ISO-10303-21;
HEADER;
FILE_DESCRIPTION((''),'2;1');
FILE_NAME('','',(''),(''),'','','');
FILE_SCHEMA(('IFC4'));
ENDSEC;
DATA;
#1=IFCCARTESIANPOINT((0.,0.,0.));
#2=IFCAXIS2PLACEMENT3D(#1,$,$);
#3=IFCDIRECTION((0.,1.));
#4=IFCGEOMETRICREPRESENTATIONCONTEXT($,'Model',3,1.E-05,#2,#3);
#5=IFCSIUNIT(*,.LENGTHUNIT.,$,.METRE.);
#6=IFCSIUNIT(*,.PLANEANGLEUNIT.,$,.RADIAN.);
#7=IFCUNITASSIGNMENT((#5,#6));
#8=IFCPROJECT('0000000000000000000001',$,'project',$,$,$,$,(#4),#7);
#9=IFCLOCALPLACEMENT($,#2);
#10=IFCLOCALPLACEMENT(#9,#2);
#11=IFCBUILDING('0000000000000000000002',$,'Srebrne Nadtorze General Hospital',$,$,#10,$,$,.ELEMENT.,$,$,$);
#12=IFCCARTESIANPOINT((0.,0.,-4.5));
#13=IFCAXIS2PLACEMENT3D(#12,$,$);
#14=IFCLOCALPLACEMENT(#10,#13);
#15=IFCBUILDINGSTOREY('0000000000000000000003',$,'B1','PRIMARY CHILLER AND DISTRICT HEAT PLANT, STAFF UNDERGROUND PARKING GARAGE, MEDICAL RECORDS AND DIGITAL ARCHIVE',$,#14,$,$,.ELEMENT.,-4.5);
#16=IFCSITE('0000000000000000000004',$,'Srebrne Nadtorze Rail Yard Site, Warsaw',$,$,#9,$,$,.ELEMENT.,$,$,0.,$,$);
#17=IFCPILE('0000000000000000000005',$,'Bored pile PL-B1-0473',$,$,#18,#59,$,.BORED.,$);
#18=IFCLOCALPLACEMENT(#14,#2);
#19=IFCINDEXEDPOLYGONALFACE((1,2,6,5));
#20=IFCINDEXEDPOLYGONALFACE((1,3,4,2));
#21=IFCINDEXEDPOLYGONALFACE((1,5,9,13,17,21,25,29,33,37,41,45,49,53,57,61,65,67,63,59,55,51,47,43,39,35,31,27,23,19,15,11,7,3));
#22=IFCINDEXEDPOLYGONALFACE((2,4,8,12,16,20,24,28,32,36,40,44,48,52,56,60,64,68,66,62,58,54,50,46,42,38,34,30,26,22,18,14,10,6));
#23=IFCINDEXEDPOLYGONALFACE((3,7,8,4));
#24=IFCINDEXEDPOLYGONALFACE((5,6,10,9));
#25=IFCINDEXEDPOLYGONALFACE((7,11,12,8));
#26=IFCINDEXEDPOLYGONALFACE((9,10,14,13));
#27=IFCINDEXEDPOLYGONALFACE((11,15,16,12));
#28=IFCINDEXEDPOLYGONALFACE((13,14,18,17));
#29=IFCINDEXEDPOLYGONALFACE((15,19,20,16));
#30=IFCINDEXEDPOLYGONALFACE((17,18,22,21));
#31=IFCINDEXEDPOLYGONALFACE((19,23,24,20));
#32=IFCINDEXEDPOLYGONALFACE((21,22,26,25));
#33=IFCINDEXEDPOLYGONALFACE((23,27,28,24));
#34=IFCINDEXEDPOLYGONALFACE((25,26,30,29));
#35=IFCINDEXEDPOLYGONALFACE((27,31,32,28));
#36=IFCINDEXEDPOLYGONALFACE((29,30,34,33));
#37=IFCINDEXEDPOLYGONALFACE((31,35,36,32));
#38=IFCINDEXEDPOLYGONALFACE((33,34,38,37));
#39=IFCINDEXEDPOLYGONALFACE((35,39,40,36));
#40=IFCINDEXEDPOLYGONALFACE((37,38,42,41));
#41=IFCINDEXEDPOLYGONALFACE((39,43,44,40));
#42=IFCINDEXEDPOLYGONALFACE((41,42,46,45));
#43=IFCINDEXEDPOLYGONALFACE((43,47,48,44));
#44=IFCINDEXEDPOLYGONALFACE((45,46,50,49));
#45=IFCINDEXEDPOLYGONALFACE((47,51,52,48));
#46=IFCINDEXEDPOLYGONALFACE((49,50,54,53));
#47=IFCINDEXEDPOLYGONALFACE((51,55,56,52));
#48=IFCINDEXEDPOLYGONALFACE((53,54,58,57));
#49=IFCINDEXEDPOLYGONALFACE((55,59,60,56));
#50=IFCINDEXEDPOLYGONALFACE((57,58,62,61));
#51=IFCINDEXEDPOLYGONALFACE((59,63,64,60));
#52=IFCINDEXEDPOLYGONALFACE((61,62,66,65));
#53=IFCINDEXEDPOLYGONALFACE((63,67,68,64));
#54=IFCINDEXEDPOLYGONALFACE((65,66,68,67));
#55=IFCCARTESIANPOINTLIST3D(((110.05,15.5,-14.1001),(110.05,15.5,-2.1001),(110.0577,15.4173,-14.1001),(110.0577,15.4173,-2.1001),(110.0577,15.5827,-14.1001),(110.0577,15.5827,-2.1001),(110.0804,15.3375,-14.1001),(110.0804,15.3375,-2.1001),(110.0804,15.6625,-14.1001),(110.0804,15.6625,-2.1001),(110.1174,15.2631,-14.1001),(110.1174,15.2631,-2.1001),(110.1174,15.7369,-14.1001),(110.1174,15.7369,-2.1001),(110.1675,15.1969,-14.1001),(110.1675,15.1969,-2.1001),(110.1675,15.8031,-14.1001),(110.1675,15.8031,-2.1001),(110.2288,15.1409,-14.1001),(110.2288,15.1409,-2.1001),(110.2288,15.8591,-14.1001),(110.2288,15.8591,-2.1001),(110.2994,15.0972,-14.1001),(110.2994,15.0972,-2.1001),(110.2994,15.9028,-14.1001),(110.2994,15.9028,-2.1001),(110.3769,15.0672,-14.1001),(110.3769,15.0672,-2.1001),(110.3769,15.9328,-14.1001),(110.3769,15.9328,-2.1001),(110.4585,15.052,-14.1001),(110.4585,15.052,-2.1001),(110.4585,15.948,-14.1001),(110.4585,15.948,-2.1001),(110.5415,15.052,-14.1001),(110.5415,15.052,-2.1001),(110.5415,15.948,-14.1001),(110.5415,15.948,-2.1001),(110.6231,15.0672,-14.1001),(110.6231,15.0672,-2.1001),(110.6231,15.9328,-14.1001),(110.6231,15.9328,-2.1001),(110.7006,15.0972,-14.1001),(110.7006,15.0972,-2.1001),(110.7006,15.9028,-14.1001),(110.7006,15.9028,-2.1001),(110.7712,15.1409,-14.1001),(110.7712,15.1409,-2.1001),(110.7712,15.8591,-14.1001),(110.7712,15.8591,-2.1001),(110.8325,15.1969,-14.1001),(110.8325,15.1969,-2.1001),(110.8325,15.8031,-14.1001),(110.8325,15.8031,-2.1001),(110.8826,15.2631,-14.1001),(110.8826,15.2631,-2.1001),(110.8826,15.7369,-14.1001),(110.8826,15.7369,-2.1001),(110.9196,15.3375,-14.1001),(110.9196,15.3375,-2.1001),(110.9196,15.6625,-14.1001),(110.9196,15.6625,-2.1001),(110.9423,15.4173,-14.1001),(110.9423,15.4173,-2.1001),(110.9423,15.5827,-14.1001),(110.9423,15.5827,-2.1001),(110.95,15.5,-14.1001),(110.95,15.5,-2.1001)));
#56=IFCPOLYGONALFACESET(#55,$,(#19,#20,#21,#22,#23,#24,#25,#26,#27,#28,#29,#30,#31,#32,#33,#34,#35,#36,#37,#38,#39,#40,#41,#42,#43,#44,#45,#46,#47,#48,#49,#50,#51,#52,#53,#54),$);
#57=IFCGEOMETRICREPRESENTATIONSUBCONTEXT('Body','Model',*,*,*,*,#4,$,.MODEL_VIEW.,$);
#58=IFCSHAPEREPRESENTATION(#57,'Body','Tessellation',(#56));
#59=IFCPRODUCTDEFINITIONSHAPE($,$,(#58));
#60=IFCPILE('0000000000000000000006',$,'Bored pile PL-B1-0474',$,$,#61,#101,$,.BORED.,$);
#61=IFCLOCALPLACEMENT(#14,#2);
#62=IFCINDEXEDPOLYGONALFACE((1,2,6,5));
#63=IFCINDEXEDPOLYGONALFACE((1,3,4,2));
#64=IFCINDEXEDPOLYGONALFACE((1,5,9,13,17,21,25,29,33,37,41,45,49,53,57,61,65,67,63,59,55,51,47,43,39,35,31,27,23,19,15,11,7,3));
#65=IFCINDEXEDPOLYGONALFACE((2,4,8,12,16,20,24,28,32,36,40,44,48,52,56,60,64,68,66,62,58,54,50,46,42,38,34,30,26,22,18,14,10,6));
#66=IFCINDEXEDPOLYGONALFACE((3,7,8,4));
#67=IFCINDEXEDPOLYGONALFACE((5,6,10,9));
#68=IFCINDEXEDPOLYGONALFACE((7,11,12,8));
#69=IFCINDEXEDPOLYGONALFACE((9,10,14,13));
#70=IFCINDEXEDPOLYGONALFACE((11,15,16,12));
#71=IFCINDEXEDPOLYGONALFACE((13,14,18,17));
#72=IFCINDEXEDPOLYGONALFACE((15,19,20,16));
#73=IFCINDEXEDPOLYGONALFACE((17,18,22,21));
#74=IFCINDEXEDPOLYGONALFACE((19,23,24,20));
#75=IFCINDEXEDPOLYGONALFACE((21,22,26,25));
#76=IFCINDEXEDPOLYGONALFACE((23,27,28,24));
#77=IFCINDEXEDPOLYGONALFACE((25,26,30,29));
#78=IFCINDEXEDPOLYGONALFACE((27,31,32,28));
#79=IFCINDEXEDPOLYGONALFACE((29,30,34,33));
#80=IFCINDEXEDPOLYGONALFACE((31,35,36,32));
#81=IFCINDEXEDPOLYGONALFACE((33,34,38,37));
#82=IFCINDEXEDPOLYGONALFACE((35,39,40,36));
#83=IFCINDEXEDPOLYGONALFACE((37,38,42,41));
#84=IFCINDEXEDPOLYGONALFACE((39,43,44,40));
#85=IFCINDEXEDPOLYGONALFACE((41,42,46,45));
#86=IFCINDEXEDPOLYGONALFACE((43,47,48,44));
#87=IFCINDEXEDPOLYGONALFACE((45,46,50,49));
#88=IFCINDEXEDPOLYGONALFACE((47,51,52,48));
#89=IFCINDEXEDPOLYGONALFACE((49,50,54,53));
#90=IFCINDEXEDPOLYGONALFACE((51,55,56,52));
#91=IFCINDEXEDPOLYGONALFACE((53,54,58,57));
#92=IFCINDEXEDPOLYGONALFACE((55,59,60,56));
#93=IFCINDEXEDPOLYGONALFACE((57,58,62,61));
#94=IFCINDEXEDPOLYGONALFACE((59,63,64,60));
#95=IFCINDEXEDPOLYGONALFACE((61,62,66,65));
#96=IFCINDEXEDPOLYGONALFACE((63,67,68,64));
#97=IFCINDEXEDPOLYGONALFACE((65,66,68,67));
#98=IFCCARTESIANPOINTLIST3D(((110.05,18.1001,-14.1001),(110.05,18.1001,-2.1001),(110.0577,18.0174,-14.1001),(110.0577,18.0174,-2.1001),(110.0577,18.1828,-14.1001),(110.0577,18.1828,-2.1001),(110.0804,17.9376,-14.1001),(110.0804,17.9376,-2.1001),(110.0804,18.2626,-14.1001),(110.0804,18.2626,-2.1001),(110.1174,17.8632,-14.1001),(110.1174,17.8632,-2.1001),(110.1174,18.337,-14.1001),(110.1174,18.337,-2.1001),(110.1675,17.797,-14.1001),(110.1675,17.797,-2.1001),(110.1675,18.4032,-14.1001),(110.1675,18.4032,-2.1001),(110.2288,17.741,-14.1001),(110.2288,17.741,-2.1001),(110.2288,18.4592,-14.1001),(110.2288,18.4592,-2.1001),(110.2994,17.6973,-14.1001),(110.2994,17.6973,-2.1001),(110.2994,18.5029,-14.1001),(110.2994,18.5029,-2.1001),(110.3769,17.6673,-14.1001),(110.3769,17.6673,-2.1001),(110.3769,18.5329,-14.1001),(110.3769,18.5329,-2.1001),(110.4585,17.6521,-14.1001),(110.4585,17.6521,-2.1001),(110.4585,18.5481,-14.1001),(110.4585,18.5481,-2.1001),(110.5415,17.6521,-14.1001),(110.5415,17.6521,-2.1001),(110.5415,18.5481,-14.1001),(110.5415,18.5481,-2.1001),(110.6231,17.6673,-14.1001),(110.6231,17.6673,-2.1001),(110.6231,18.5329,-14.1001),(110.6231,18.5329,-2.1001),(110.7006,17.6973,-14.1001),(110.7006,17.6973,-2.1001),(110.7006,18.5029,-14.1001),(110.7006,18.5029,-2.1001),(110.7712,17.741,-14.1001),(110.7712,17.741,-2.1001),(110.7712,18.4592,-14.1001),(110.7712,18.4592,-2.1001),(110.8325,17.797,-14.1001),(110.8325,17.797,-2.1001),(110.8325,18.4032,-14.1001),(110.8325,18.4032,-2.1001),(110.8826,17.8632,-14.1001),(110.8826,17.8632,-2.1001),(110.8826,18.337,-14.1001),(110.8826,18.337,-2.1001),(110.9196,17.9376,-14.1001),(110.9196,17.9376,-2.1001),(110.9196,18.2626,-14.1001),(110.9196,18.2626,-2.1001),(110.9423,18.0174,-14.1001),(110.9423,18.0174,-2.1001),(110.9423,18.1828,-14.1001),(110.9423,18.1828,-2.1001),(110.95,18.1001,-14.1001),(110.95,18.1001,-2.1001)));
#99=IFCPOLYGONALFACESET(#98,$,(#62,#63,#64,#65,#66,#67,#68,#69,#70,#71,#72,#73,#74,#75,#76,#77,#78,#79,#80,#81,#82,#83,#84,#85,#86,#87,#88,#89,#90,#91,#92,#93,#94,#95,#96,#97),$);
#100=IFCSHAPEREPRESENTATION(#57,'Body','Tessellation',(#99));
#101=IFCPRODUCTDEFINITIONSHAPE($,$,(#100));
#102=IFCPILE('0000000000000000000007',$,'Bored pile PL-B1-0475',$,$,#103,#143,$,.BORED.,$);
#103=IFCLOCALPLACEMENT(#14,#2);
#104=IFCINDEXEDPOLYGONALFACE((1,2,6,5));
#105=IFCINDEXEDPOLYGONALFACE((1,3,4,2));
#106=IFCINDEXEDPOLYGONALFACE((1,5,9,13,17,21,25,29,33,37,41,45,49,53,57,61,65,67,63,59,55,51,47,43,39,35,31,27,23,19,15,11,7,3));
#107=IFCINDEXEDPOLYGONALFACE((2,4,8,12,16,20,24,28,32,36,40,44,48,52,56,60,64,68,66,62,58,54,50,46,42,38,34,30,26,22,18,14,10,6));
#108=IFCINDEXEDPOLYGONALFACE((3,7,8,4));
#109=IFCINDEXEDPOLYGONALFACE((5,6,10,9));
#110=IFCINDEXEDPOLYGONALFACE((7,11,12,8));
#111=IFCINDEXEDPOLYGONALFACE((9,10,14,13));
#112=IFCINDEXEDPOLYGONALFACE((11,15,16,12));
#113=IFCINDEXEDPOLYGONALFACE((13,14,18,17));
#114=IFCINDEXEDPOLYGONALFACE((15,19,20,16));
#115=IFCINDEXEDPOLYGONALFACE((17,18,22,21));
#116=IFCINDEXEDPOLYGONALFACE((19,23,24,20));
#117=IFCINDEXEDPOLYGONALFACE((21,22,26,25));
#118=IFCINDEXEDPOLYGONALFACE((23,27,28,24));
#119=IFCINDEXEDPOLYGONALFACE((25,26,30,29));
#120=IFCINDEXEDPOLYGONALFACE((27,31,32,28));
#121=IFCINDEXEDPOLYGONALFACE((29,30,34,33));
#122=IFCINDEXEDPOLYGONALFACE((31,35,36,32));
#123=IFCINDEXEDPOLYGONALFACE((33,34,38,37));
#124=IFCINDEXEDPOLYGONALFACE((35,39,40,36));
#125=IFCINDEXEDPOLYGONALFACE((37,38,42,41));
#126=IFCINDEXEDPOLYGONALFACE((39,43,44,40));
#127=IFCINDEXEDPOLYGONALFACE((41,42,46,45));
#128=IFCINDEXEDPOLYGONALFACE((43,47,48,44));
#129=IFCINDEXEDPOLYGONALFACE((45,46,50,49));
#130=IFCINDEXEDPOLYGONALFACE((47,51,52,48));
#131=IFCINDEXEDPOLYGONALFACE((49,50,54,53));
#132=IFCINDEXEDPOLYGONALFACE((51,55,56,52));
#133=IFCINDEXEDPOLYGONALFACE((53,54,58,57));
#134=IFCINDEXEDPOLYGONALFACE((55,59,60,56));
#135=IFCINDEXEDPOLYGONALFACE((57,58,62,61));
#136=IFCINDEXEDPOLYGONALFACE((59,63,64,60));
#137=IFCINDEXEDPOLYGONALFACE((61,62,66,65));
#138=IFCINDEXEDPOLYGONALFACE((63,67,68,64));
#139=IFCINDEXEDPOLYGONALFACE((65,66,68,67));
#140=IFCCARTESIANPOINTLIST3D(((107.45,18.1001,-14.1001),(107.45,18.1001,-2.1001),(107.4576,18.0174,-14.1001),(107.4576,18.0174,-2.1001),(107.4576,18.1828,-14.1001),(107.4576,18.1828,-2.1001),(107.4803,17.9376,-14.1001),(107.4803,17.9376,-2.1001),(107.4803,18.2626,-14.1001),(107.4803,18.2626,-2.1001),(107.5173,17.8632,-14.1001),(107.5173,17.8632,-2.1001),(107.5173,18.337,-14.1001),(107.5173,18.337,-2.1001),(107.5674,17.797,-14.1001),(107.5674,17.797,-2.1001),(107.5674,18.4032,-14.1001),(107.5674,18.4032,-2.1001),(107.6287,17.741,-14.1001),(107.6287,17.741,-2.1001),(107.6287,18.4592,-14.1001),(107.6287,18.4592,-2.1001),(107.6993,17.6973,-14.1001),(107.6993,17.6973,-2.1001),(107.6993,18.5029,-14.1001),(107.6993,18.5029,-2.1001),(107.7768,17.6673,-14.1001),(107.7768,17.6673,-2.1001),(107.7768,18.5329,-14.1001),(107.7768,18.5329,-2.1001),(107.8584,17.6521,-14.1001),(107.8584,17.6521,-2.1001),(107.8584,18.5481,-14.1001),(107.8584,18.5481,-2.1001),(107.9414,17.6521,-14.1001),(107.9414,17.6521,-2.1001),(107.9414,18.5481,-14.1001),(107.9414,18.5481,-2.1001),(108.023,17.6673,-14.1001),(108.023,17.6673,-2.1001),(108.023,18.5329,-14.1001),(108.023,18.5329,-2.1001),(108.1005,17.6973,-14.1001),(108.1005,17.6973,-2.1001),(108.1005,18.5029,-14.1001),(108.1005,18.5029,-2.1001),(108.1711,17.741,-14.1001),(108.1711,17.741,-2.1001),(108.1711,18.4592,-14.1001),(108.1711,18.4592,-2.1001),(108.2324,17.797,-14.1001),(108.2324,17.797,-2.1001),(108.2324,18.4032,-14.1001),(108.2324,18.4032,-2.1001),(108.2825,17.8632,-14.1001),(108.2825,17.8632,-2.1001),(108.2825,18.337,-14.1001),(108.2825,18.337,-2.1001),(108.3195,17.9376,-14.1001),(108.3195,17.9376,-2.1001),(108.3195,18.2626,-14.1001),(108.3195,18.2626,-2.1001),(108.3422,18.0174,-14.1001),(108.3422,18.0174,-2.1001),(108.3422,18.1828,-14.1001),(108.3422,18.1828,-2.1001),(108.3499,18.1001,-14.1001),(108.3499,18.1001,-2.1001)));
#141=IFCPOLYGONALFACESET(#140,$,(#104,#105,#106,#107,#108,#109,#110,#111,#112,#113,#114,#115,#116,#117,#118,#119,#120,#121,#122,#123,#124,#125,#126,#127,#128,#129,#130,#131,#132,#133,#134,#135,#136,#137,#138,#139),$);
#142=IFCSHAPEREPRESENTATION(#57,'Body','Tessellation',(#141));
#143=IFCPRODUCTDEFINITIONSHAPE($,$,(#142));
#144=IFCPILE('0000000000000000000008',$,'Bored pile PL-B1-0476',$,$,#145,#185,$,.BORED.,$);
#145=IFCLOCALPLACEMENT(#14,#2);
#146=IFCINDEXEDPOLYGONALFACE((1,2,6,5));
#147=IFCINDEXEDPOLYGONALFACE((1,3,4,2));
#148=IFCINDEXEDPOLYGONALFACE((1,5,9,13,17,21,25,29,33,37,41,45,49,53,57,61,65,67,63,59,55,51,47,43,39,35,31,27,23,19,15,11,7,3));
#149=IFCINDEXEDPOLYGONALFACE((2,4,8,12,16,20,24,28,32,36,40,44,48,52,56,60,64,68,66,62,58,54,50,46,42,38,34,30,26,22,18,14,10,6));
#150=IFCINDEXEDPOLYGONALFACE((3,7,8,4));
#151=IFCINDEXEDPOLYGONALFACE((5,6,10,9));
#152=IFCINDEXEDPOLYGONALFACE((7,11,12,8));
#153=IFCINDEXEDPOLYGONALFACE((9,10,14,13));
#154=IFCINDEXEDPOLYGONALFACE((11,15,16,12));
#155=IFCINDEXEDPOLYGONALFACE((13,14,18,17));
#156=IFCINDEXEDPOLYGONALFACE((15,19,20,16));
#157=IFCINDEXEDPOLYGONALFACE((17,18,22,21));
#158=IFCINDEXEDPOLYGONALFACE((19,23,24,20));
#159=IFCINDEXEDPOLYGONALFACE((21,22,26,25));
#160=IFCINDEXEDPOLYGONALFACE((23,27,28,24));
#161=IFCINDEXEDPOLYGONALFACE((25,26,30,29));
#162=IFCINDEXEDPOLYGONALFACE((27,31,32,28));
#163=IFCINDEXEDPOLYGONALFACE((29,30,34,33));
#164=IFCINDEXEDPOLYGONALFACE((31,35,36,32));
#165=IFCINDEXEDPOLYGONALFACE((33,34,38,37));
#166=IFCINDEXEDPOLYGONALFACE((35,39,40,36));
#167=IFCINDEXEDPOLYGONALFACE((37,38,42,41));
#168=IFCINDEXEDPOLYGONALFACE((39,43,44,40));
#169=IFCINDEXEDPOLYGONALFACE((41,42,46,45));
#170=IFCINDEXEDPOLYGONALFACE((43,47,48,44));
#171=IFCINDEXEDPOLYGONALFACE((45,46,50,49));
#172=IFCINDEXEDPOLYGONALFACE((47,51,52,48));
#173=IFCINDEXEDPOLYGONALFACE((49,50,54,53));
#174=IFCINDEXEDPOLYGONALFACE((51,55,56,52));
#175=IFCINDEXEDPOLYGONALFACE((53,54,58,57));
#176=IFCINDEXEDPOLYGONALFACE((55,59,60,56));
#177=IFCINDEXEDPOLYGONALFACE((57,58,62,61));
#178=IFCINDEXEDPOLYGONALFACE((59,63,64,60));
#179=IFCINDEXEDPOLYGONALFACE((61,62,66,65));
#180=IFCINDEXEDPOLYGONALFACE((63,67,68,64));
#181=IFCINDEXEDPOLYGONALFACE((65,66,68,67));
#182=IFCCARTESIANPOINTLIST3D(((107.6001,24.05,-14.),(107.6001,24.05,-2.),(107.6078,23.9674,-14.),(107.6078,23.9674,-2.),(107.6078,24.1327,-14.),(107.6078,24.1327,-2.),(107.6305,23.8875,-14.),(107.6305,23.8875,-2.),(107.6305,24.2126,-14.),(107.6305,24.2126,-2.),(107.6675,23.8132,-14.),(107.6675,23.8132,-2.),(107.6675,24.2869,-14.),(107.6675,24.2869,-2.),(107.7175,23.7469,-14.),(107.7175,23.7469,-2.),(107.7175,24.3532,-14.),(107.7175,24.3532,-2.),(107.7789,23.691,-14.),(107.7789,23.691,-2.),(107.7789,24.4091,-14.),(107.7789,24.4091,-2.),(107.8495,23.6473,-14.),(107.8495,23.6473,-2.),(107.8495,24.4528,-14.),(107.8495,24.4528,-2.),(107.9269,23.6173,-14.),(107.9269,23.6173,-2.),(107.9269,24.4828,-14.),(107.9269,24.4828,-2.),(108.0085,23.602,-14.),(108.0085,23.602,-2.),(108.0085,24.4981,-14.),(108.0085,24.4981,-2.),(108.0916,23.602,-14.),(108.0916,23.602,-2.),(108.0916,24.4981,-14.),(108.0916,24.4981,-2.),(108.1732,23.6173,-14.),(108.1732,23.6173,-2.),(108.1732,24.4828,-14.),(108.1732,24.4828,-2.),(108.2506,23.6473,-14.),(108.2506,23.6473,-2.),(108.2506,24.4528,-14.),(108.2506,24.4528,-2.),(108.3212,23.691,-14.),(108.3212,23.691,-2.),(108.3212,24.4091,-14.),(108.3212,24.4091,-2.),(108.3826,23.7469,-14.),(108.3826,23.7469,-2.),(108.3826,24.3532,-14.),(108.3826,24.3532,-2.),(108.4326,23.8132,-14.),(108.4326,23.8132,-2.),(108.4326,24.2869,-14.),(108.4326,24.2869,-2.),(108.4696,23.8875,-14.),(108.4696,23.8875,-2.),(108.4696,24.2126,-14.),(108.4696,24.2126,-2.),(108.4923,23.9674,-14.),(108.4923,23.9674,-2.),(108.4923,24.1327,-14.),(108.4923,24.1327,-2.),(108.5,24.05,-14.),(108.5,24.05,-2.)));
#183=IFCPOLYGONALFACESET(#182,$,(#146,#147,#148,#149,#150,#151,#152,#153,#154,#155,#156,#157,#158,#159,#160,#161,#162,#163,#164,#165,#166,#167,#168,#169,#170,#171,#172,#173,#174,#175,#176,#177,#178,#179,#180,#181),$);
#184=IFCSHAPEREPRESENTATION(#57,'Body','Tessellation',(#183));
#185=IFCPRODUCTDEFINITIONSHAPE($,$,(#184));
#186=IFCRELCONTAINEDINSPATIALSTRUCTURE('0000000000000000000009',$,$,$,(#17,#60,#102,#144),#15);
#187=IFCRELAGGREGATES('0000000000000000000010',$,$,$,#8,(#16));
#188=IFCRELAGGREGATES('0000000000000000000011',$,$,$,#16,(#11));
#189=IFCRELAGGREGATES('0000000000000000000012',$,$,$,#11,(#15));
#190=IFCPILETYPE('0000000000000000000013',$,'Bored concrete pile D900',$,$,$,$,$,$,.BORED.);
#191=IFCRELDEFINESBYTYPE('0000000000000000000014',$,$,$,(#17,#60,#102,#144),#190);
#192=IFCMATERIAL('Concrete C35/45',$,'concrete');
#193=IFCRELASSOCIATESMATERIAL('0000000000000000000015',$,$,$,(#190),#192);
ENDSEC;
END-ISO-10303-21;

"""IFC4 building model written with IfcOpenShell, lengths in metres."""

from ifc_helpers import new_model, si_unit, direction, frame, origin, origin_2d, place, context, subcontext, project, spatial, circle, extrude, material, material_profile, profile_set, type_object, element, save


model = new_model("IFC4")

# Units and contexts
model_context = context("Model", 3, precision=1e-05, world=origin(), true_north=direction((0.0, 1.0)))
body_context = subcontext(model_context, "Body", "Model", "MODEL_VIEW")
ifc_project = project(units=[si_unit("LENGTHUNIT", "METRE"), si_unit("PLANEANGLEUNIT", "RADIAN")], contexts=[model_context])

# Site, building, storey
site_placement = place(None, origin())
site = spatial("IfcSite", under=ifc_project, at=site_placement, Name="Srebrne Nadtorze Rail Yard Site, Warsaw", CompositionType="ELEMENT", RefElevation=0.0)
building_placement = place(site_placement, origin())
building = spatial("IfcBuilding", under=site, at=building_placement, Name="Srebrne Nadtorze General Hospital", CompositionType="ELEMENT")
storey_placement = place(building_placement, frame((0.0, 0.0, -4.5)))
storey = spatial("IfcBuildingStorey", under=building, at=storey_placement, Name="B1", Description="PRIMARY CHILLER AND DISTRICT HEAT PLANT, STAFF UNDERGROUND PARKING GARAGE, MEDICAL RECORDS AND DIGITAL ARCHIVE", CompositionType="ELEMENT", Elevation=-4.5)

# Piles
ifc_material_1 = material(Name="Concrete C35/45", Category="concrete")
ifc_material_profile_1 = material_profile(ifc_material_1, circle(Radius=0.45, at=origin_2d()), Name="PILE-D900")
ifc_profile_set_1 = profile_set([ifc_material_profile_1], Name="Concrete C35/45")
pile_type_1 = type_object("IfcPileType", Name="Bored concrete pile D900", PredefinedType="BORED", material=ifc_profile_set_1)
for number, where, z_axis, x_axis, name in (
    (1, (110.5, 15.5, -2.1001), (0.0, 0.0, -1.0), (1.0, 0.0, 0.0), "Bored pile PL-B1-0473"),
    (2, (110.5, 18.1001, -2.1001), (0.0, 0.0, -1.0), (1.0, 0.0, 0.0), "Bored pile PL-B1-0474"),
    (3, (107.8999, 18.1001, -2.1001), (0.0, 0.0, -1.0), (1.0, 0.0, 0.0), "Bored pile PL-B1-0475"),
    (4, (108.05, 24.05, -2.0), (0.0, 0.0, -1.0), (1.0, 0.0, 0.0), "Bored pile PL-B1-0476"),
):
    element("IfcPile", number, at=place(storey_placement, frame(where, z_axis=z_axis, x_axis=x_axis)), inside=storey, type_object=pile_type_1, Name=name, PredefinedType="BORED", context=body_context, shape_type="SweptSolid", body=[
        extrude(circle(Radius=0.45, at=origin_2d()), origin(), (0.0, 0.0, 1.0), 12.0),
    ])

save(model, "model.ifc")
